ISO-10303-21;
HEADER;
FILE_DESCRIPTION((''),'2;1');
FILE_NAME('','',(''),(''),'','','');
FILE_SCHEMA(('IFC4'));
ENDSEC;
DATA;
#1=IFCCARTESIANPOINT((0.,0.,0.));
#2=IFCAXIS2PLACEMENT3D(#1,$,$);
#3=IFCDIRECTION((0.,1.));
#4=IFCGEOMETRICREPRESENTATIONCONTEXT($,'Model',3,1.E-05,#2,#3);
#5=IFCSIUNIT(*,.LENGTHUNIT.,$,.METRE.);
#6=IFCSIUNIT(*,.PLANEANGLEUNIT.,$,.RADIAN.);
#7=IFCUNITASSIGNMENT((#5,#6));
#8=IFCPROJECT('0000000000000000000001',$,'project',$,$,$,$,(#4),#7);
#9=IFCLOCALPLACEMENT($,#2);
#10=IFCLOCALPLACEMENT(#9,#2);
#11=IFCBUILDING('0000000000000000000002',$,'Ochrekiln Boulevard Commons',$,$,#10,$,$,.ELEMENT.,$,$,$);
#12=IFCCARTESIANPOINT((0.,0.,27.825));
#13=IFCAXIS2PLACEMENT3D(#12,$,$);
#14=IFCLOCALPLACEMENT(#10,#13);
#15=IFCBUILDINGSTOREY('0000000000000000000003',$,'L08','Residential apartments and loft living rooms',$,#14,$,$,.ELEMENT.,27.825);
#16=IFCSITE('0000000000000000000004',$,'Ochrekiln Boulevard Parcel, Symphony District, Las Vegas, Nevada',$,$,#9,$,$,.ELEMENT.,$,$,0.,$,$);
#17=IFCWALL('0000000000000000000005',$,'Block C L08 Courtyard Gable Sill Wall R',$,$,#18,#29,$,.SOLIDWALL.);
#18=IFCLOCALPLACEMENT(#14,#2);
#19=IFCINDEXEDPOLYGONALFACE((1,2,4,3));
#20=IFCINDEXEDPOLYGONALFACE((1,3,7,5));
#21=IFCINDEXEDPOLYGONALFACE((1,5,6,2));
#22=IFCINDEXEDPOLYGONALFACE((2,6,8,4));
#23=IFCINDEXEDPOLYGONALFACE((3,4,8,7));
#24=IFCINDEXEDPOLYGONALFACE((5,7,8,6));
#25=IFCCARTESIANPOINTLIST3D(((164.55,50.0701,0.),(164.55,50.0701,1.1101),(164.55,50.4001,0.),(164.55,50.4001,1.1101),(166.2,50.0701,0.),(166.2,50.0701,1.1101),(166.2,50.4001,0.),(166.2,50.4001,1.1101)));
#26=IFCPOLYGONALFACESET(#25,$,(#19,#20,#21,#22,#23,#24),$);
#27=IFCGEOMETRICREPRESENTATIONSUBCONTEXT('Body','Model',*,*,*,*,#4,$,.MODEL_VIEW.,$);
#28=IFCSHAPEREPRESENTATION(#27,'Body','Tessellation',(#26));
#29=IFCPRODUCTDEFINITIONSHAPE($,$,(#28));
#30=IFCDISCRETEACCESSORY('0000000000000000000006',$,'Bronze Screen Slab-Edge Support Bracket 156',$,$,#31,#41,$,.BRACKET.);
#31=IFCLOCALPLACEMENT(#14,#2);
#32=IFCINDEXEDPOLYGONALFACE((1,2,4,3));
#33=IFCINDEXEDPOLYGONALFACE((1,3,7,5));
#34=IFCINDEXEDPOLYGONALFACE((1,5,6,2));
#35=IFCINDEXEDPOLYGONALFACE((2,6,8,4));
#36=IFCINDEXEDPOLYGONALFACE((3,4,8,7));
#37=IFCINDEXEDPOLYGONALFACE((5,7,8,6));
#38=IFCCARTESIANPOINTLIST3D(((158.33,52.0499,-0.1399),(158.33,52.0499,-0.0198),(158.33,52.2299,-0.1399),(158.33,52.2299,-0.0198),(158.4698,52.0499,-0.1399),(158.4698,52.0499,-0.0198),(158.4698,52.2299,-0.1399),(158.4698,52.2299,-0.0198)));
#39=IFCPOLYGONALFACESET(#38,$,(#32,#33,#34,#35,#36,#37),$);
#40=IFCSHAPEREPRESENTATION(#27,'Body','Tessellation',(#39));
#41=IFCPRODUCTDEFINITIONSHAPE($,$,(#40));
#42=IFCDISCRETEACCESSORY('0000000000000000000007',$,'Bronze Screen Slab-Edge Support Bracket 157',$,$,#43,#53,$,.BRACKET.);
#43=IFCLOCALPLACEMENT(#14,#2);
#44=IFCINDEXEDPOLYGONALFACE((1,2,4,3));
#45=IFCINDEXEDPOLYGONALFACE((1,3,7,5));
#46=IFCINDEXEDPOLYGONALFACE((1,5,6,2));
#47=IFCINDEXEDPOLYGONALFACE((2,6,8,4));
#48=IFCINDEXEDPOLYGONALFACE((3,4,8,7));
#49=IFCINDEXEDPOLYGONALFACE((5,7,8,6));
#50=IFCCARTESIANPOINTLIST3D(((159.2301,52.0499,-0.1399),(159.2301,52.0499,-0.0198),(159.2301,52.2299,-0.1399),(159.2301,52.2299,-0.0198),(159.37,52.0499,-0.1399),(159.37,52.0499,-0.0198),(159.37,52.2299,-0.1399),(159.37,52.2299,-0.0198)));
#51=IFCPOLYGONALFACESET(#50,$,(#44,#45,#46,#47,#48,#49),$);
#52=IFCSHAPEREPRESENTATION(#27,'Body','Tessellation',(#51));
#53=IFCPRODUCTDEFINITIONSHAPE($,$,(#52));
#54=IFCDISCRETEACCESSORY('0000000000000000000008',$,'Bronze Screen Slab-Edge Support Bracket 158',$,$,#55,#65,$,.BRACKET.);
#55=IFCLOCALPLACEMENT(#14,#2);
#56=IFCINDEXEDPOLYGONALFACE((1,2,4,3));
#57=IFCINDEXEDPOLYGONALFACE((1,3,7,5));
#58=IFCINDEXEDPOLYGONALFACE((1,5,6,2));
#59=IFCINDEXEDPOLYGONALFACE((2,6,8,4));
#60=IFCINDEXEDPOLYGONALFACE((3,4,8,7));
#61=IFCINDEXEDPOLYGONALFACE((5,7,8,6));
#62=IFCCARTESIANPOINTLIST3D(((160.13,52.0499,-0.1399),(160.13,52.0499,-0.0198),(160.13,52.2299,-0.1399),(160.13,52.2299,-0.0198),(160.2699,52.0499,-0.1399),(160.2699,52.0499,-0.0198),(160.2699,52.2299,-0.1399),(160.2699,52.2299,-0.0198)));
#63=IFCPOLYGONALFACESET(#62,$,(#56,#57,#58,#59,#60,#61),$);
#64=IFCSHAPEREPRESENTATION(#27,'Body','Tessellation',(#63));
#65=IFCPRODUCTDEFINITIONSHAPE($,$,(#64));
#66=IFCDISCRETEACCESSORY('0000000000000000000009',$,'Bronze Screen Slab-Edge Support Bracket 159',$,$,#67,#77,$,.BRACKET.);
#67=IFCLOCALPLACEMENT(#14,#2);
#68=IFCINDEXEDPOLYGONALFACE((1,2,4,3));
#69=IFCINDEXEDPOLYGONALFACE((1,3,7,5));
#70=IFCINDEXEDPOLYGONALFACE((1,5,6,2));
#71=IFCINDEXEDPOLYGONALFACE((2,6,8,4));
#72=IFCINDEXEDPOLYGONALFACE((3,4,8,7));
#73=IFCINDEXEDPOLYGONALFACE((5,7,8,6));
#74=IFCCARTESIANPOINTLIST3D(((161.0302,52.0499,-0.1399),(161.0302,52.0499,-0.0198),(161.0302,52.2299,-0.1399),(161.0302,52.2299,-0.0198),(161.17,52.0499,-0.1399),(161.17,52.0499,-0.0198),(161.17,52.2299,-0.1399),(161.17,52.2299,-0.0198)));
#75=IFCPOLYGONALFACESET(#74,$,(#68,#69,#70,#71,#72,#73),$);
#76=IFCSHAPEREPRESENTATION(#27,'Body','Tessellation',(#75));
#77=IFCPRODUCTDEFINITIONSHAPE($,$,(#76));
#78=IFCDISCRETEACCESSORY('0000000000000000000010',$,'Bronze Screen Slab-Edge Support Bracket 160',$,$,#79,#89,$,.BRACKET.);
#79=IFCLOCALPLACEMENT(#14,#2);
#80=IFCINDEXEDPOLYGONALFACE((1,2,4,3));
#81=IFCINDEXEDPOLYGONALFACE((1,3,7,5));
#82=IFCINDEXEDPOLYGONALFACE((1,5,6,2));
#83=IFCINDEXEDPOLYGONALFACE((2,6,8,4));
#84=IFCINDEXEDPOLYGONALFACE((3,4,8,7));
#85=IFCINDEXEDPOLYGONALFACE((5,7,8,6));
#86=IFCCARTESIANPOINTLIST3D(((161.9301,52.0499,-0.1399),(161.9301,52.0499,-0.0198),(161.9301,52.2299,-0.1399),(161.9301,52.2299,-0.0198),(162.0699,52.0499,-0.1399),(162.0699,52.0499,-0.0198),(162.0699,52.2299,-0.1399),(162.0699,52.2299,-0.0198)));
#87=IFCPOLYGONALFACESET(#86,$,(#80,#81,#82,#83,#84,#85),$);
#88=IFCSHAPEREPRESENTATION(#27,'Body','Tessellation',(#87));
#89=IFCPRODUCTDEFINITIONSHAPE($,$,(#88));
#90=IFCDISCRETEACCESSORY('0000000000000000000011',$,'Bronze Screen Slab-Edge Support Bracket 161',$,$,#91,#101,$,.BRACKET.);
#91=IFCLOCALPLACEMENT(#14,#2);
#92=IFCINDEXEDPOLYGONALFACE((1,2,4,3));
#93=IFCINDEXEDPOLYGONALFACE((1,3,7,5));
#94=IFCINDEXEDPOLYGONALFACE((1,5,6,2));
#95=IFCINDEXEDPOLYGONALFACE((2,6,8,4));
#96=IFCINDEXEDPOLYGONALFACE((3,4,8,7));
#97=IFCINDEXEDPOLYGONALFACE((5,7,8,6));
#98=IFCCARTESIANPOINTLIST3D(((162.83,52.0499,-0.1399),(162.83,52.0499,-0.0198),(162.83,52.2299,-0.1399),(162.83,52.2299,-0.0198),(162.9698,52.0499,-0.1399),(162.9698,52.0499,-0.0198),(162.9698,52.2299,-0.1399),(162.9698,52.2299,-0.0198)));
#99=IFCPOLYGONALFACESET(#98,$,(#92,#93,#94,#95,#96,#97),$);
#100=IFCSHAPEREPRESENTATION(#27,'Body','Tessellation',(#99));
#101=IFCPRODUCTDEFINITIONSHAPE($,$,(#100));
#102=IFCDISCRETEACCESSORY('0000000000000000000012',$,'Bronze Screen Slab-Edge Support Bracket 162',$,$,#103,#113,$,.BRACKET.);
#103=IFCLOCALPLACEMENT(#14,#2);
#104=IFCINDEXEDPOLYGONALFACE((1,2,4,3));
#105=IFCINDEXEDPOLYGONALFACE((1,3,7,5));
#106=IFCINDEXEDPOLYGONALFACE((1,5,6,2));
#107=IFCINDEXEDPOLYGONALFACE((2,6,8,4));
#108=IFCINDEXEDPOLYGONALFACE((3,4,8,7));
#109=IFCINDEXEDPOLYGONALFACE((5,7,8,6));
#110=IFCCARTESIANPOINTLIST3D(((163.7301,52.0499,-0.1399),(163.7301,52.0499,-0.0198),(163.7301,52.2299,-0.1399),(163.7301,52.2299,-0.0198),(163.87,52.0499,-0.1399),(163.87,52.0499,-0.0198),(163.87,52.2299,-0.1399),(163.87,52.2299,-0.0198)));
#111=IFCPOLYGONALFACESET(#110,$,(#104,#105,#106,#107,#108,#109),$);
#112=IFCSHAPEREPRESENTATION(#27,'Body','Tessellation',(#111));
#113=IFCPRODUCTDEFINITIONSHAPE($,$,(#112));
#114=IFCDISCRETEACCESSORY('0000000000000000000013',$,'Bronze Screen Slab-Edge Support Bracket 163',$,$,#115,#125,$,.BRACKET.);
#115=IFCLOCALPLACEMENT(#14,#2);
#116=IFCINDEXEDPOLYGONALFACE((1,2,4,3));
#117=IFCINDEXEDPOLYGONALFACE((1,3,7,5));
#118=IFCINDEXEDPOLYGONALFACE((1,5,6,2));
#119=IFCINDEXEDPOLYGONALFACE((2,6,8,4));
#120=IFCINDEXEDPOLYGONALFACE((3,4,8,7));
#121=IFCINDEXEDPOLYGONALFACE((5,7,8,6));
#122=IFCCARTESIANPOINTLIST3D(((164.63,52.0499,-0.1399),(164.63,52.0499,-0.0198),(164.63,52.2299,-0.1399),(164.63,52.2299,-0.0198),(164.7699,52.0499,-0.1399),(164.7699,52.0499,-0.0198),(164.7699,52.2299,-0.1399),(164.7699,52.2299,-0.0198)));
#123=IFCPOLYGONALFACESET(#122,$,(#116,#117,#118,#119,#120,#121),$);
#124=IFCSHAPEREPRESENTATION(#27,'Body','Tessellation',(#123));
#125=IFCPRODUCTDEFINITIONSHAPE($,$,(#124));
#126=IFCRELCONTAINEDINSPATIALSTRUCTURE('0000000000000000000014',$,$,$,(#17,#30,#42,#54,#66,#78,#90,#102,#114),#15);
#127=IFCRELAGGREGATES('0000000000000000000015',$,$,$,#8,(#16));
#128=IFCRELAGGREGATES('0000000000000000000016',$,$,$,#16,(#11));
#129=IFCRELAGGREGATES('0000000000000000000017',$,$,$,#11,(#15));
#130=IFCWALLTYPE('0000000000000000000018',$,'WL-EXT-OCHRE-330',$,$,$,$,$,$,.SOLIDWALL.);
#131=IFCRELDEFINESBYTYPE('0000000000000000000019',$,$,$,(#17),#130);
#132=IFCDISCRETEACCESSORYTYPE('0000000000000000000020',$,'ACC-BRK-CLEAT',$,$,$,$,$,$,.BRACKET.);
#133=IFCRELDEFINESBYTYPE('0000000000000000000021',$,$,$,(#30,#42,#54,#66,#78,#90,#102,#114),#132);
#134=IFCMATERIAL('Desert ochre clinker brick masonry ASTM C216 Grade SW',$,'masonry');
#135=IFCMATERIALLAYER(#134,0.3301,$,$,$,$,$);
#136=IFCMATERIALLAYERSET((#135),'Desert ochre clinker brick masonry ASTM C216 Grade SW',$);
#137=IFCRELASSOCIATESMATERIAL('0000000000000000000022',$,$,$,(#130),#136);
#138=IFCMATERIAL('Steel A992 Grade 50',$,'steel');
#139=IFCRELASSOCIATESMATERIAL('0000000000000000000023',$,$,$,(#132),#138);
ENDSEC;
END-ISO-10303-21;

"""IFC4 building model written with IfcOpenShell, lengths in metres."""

from ifc_helpers import new_model, si_unit, direction, frame, frame_2d, origin, origin_2d, place, context, subcontext, project, spatial, rectangle, extrude, material, layer, layer_set, type_object, element, save


model = new_model("IFC4")

# Units and contexts
model_context = context("Model", 3, precision=1e-05, world=origin(), true_north=direction((0.0, 1.0)))
body_context = subcontext(model_context, "Body", "Model", "MODEL_VIEW")
ifc_project = project(units=[si_unit("LENGTHUNIT", "METRE"), si_unit("PLANEANGLEUNIT", "RADIAN")], contexts=[model_context])

# Site, building, storey
site_placement = place(None, origin())
site = spatial("IfcSite", under=ifc_project, at=site_placement, Name="Ochrekiln Boulevard Parcel, Symphony District, Las Vegas, Nevada", CompositionType="ELEMENT", RefElevation=0.0)
building_placement = place(site_placement, origin())
building = spatial("IfcBuilding", under=site, at=building_placement, Name="Ochrekiln Boulevard Commons", CompositionType="ELEMENT")
storey_placement = place(building_placement, frame((0.0, 0.0, 27.825)))
storey = spatial("IfcBuildingStorey", under=building, at=storey_placement, Name="L08", Description="Residential apartments and loft living rooms", CompositionType="ELEMENT", Elevation=27.825)

# Shared definitions
ifc_material_1 = material(Name="Steel A992 Grade 50", Category="steel")

# Shared definitions
ifc_material_2 = material(Name="Desert ochre clinker brick masonry ASTM C216 Grade SW", Category="masonry")
ifc_layer_1 = layer(ifc_material_2, 0.3301)
ifc_layer_set_1 = layer_set([ifc_layer_1], Name="Desert ochre clinker brick masonry ASTM C216 Grade SW")
wall_type = type_object("IfcWallType", Name="WL-EXT-OCHRE-330", PredefinedType="SOLIDWALL", material=ifc_layer_set_1)

# Wall
wall_1_placement = place(storey_placement, frame((164.55, 50.2351, 0.0), z_axis=(0.0, 0.0, 1.0), x_axis=(1.0, 0.0, 0.0)))
element("IfcWall", 1, at=wall_1_placement, inside=storey, type_object=wall_type, Name="Block C L08 Courtyard Gable Sill Wall R", PredefinedType="SOLIDWALL", context=body_context, shape_type="SweptSolid", body=[
    extrude(rectangle(XDim=1.6499, YDim=0.3301, at=frame_2d((0.825, 0.0))), origin(), (0.0, 0.0, 1.0), 1.1101),
])

# Discrete accessories
discrete_accessory_type = type_object("IfcDiscreteAccessoryType", Name="ACC-BRK-CLEAT", PredefinedType="BRACKET", material=ifc_material_1)
for number, where, z_axis, x_axis, name in (
    (2, (158.3999, 52.1399, -0.1399), (0.0, 0.0, 1.0), (1.0, 0.0, 0.0), "Bronze Screen Slab-Edge Support Bracket 156"),
    (3, (159.3, 52.1399, -0.1399), (0.0, 0.0, 1.0), (1.0, 0.0, 0.0), "Bronze Screen Slab-Edge Support Bracket 157"),
    (4, (160.2, 52.1399, -0.1399), (0.0, 0.0, 1.0), (1.0, 0.0, 0.0), "Bronze Screen Slab-Edge Support Bracket 158"),
    (5, (161.1001, 52.1399, -0.1399), (0.0, 0.0, 1.0), (1.0, 0.0, 0.0), "Bronze Screen Slab-Edge Support Bracket 159"),
    (6, (162.0, 52.1399, -0.1399), (0.0, 0.0, 1.0), (1.0, 0.0, 0.0), "Bronze Screen Slab-Edge Support Bracket 160"),
    (7, (162.8999, 52.1399, -0.1399), (0.0, 0.0, 1.0), (1.0, 0.0, 0.0), "Bronze Screen Slab-Edge Support Bracket 161"),
    (8, (163.8, 52.1399, -0.1399), (0.0, 0.0, 1.0), (1.0, 0.0, 0.0), "Bronze Screen Slab-Edge Support Bracket 162"),
    (9, (164.7, 52.1399, -0.1399), (0.0, 0.0, 1.0), (1.0, 0.0, 0.0), "Bronze Screen Slab-Edge Support Bracket 163"),
):
    element("IfcDiscreteAccessory", number, at=place(storey_placement, frame(where, z_axis=z_axis, x_axis=x_axis)), inside=storey, type_object=discrete_accessory_type, Name=name, PredefinedType="BRACKET", context=body_context, shape_type="SweptSolid", body=[
        extrude(rectangle(XDim=0.1399, YDim=0.1799, at=origin_2d()), origin(), (0.0, 0.0, 1.0), 0.1201),
    ])

save(model, "model.ifc")
